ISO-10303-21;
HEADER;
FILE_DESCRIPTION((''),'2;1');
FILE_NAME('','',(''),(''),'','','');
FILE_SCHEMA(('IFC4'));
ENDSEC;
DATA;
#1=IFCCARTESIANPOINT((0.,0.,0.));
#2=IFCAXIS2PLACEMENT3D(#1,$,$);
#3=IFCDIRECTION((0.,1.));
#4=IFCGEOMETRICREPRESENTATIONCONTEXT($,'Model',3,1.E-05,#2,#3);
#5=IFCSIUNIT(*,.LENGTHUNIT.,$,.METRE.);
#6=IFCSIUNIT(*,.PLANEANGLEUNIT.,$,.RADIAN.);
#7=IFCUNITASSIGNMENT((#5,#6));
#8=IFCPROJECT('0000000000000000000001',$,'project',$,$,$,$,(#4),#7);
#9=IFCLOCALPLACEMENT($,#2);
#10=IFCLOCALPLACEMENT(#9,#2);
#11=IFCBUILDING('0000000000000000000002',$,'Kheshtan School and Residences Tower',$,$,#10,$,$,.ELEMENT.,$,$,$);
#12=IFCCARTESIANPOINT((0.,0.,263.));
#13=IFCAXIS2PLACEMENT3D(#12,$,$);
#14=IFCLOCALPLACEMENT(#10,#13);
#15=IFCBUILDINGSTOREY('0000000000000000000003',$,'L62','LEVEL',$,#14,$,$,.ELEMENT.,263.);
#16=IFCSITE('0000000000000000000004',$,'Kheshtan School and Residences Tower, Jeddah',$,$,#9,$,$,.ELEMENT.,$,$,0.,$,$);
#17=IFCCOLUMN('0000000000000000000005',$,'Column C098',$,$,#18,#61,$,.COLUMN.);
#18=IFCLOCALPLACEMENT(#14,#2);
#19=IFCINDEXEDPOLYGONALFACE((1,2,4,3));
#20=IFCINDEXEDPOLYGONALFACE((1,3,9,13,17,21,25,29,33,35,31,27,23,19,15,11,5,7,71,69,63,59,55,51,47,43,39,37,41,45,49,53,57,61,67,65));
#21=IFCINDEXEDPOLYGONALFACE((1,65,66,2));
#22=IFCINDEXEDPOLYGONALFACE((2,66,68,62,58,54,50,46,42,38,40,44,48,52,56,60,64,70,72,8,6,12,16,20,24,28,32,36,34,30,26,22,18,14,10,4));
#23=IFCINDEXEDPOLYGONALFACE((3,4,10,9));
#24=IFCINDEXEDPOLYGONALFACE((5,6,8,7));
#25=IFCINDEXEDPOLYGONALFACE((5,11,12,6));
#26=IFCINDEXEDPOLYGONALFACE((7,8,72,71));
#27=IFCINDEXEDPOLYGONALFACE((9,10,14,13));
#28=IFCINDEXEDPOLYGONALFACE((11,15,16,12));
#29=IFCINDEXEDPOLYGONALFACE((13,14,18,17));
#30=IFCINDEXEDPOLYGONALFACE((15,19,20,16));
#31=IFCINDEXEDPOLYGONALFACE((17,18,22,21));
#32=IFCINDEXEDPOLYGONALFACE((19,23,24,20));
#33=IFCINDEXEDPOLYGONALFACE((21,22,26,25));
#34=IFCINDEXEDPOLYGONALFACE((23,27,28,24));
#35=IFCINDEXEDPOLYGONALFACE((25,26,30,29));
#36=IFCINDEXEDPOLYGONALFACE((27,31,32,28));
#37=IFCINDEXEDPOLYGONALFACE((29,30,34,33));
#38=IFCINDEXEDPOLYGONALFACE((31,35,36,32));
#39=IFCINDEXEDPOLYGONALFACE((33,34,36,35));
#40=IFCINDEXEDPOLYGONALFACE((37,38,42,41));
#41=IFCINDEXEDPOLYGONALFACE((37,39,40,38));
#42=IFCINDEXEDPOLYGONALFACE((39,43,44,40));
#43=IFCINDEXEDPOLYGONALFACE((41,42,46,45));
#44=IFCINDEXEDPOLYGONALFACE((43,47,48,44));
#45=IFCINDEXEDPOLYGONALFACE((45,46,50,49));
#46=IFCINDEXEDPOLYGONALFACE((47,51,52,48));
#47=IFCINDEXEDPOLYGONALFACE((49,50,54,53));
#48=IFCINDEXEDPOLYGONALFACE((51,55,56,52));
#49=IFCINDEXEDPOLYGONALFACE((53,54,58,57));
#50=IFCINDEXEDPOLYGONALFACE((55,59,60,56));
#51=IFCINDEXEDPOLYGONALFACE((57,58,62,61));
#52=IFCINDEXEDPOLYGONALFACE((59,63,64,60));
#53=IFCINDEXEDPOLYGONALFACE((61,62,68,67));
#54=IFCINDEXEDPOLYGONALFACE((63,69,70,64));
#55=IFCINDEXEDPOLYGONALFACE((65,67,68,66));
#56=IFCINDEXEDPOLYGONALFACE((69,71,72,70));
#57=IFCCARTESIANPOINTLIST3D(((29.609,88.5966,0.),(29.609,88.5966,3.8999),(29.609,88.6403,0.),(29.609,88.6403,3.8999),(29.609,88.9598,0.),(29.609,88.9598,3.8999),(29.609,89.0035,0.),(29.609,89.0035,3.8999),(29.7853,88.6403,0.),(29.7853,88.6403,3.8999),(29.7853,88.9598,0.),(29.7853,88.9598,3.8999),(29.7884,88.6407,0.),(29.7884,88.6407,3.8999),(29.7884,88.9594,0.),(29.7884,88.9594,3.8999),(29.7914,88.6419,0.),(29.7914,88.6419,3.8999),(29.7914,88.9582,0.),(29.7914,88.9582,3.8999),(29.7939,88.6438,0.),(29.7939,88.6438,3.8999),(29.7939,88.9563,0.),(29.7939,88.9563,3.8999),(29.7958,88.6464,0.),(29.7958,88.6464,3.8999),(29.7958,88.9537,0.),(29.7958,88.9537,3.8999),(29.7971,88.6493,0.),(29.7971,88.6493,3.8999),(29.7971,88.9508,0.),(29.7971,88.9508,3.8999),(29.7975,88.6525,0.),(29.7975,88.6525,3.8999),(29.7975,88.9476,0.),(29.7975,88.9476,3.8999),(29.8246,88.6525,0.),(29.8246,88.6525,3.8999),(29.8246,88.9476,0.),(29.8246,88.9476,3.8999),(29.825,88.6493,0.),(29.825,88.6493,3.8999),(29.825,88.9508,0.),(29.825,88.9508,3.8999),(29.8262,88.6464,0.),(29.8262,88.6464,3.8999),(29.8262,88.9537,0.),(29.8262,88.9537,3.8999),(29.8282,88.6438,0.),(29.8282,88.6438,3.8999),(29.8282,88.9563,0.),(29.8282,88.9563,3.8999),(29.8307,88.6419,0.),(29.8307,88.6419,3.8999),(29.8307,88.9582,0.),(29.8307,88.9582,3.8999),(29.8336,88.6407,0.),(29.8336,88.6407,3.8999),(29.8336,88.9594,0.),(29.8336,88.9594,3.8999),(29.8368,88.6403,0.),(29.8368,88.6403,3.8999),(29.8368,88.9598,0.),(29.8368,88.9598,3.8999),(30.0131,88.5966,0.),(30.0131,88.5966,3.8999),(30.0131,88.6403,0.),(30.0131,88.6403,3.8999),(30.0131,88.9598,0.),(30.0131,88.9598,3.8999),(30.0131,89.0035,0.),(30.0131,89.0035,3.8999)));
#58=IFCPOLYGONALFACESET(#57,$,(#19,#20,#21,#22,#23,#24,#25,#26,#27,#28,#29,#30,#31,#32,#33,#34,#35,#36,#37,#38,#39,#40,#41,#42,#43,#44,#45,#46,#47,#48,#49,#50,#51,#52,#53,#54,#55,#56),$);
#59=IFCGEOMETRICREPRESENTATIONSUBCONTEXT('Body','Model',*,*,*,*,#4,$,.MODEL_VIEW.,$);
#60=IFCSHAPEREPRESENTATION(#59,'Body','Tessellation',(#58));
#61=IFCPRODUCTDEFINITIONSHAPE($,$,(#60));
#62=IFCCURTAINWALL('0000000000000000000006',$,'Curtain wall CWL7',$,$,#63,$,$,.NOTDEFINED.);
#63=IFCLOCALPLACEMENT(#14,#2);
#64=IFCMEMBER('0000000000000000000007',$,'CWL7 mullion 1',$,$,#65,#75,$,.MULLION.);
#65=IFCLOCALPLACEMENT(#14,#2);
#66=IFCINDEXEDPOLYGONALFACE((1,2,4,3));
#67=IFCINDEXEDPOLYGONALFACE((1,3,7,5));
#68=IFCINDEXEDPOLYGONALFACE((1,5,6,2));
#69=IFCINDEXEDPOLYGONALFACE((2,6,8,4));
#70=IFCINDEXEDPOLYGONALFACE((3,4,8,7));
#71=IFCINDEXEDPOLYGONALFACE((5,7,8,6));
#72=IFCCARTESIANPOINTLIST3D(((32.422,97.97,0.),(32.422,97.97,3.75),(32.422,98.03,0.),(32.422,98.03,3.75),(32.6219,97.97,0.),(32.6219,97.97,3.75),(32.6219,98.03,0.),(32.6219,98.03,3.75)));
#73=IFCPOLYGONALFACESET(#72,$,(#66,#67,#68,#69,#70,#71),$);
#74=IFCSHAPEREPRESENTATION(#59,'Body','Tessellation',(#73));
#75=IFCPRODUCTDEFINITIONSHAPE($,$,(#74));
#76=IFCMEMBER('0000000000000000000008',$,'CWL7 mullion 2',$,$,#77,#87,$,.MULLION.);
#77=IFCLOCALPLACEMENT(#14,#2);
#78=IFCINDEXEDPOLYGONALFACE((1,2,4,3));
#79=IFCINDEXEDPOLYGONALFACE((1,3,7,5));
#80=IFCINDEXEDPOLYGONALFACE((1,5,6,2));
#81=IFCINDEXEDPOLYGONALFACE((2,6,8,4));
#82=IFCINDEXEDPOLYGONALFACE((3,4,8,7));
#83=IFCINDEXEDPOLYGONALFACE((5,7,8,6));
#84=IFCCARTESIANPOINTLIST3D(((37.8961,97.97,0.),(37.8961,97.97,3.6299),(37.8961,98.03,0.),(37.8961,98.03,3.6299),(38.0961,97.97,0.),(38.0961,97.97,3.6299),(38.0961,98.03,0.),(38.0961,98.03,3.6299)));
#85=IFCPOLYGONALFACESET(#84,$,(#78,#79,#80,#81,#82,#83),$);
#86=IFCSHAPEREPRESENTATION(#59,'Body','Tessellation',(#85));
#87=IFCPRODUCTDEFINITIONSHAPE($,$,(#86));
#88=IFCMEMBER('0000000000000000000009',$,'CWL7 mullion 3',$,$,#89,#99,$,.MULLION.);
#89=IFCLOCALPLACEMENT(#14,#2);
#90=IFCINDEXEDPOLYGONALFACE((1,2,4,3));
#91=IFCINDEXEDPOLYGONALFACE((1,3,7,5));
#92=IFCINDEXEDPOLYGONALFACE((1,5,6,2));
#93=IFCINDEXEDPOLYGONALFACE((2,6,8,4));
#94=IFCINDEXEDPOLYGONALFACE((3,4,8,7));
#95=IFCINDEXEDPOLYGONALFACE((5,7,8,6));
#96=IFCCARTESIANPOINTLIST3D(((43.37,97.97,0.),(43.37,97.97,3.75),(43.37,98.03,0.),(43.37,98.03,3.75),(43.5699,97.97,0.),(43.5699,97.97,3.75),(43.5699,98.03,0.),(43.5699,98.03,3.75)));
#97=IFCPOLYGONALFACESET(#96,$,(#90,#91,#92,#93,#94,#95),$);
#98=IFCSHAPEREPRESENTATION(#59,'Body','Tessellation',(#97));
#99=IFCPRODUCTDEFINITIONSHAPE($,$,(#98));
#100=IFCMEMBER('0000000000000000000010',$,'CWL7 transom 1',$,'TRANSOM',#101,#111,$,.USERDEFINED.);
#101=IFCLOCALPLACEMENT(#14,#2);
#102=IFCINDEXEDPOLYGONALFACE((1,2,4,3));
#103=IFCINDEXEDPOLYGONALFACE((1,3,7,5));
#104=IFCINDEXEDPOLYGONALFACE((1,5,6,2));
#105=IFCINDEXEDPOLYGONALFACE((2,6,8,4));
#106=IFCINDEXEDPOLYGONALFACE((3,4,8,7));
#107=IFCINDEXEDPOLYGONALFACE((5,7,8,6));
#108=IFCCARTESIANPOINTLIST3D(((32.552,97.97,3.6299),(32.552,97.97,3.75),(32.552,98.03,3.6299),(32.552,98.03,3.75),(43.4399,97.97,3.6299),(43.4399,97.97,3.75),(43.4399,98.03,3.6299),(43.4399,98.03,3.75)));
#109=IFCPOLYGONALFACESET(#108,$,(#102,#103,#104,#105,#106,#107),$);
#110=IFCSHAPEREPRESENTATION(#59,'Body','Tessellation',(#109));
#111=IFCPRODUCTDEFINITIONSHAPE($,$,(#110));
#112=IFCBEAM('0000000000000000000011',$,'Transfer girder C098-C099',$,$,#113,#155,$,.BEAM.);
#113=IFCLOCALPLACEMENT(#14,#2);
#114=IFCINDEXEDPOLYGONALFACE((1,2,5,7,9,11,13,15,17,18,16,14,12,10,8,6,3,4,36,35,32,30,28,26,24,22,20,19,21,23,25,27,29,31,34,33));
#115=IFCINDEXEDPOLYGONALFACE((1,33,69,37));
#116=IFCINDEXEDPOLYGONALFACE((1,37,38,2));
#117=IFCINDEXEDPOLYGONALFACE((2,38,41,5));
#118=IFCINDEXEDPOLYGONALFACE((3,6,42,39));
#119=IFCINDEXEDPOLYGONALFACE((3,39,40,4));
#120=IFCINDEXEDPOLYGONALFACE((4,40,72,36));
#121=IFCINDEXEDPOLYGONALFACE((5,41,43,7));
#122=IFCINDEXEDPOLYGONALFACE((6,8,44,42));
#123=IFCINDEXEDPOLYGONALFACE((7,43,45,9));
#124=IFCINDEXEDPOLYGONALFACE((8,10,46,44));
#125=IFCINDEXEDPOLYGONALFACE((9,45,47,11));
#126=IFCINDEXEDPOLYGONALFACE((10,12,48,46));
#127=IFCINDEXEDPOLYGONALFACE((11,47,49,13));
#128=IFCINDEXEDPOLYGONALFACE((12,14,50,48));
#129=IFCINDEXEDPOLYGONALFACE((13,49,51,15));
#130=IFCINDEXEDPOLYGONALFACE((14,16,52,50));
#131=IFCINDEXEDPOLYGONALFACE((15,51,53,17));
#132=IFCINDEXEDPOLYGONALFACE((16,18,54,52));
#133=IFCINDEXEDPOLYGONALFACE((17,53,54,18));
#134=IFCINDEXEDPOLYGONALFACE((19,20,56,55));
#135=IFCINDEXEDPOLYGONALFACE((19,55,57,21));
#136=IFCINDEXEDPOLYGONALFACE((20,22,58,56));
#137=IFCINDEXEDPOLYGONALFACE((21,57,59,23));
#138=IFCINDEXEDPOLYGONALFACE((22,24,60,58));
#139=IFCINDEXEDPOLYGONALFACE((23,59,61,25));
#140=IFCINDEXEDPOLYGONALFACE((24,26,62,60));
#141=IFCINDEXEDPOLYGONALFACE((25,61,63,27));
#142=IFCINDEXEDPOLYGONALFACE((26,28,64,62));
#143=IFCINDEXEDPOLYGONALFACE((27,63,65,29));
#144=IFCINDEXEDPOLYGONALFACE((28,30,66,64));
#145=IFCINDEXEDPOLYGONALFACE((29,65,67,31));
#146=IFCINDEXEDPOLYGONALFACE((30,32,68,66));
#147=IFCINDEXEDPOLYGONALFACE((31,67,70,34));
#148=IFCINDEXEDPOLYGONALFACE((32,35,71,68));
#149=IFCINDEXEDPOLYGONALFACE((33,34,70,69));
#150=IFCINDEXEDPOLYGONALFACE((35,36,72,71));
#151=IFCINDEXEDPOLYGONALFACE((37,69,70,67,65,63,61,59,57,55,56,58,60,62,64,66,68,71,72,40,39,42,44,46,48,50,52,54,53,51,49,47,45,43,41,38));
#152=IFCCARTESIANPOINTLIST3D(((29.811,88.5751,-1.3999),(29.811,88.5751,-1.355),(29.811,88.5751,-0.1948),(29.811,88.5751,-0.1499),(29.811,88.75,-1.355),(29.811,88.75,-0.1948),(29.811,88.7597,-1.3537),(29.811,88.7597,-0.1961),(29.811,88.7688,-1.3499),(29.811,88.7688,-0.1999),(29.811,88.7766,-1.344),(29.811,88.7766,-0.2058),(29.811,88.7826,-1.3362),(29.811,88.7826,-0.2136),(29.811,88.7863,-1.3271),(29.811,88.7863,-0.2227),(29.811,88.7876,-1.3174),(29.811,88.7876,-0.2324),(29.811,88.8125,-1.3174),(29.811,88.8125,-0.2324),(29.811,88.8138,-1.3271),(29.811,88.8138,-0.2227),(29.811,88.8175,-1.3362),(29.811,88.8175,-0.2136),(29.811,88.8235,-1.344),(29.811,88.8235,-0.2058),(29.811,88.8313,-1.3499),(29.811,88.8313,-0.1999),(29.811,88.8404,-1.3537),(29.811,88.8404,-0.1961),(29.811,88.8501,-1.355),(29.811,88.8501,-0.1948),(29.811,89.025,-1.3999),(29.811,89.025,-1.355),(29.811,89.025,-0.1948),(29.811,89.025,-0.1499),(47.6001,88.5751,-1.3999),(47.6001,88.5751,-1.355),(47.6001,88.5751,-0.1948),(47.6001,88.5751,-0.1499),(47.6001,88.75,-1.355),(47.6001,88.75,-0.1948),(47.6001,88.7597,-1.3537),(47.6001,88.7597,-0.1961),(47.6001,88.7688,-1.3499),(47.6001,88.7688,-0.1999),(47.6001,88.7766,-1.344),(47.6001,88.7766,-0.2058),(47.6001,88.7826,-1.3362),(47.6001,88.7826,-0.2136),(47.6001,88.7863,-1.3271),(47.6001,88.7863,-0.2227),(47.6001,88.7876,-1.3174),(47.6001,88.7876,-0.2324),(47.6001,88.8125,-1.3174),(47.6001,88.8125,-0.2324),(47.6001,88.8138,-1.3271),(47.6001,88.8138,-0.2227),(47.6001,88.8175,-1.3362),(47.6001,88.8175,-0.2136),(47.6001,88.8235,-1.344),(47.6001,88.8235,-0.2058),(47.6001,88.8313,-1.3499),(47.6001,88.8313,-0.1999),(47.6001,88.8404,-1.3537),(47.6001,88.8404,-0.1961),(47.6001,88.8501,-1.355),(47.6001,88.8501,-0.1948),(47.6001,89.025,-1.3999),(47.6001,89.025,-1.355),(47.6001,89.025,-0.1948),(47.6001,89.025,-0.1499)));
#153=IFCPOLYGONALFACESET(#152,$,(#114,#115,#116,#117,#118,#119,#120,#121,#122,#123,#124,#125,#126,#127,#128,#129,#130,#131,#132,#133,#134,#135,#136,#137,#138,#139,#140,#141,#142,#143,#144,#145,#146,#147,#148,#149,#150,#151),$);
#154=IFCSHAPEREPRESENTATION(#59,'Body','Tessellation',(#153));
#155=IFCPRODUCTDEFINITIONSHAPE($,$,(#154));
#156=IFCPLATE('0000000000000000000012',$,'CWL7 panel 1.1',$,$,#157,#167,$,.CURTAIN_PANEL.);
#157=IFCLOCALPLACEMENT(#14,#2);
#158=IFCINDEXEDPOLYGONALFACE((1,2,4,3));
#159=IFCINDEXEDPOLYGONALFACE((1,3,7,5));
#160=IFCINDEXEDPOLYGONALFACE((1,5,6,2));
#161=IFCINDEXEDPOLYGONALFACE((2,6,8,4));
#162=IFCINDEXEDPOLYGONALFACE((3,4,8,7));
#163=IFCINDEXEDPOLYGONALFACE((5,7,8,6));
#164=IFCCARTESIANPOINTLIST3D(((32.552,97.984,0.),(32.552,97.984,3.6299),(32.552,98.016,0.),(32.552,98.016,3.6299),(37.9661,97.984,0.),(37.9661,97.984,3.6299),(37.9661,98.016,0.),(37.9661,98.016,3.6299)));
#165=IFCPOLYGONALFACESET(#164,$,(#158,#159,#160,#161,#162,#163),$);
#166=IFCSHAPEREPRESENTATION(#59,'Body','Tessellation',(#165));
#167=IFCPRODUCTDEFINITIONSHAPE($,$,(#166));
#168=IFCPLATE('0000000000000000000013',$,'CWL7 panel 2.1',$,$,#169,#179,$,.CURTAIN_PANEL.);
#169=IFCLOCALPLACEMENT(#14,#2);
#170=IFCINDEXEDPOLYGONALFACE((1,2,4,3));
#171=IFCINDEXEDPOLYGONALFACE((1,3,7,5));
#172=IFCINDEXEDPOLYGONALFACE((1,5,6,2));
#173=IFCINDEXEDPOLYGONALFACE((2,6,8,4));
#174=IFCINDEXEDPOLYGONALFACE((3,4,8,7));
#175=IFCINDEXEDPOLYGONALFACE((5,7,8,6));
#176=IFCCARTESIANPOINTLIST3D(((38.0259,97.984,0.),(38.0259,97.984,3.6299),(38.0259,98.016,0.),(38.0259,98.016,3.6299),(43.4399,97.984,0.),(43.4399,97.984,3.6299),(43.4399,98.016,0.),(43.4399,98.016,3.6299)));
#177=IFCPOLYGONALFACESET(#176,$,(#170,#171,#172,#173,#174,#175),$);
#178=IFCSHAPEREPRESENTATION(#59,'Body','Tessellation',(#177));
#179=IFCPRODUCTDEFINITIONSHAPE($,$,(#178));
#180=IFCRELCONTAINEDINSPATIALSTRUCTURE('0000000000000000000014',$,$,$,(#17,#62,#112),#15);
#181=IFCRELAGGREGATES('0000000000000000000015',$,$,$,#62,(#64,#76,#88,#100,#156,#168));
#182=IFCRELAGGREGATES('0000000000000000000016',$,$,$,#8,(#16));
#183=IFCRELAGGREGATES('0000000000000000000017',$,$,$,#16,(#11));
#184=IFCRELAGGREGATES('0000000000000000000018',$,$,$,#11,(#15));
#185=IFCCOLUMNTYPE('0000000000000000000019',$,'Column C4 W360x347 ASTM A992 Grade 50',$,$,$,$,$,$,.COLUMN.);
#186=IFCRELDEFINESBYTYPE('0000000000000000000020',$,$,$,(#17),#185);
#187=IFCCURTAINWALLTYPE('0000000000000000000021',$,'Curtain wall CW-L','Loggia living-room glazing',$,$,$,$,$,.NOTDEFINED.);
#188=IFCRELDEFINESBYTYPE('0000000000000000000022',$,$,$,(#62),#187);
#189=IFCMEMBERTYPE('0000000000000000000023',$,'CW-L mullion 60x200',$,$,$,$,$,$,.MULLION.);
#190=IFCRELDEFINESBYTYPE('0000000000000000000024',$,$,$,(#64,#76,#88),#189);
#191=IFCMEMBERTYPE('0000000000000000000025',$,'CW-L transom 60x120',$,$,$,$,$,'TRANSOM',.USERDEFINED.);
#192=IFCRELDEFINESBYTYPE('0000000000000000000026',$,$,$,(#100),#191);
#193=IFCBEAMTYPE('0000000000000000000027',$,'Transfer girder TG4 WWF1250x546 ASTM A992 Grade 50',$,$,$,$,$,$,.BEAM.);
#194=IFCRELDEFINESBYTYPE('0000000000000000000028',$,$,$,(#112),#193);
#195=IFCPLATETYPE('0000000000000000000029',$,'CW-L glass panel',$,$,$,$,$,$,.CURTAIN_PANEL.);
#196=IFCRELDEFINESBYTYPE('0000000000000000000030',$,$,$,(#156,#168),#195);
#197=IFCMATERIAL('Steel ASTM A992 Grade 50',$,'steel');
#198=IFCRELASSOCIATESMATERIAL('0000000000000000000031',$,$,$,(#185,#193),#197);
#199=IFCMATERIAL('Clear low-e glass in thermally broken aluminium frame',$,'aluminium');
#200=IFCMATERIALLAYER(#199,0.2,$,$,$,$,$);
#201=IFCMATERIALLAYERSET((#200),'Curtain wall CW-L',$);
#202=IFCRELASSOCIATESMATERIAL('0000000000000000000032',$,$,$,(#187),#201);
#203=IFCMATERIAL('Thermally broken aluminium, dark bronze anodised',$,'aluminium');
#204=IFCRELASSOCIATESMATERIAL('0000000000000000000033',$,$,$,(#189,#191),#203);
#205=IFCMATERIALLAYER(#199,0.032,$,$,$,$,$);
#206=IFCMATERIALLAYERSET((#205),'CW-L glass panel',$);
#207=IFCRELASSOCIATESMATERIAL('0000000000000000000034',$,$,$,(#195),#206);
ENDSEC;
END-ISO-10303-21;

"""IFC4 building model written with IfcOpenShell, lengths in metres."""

from ifc_helpers import new_model, si_unit, direction, frame, origin, origin_2d, place, context, subcontext, project, spatial, rectangle, i_section, extrude, material, layer, layer_set, material_profile, profile_set, type_object, element, aggregate, save


model = new_model("IFC4")

# Units and contexts
model_context = context("Model", 3, precision=1e-05, world=origin(), true_north=direction((0.0, 1.0)))
body_context = subcontext(model_context, "Body", "Model", "MODEL_VIEW")
ifc_project = project(units=[si_unit("LENGTHUNIT", "METRE"), si_unit("PLANEANGLEUNIT", "RADIAN")], contexts=[model_context])

# Site, building, storey
site_placement = place(None, origin())
site = spatial("IfcSite", under=ifc_project, at=site_placement, Name="Kheshtan School and Residences Tower, Jeddah", CompositionType="ELEMENT", RefElevation=0.0)
building_placement = place(site_placement, origin())
building = spatial("IfcBuilding", under=site, at=building_placement, Name="Kheshtan School and Residences Tower", CompositionType="ELEMENT")
storey_placement = place(building_placement, frame((0.0, 0.0, 263.0)))
storey = spatial("IfcBuildingStorey", under=building, at=storey_placement, Name="L62", Description="LEVEL", CompositionType="ELEMENT", Elevation=263.0)

# Column
ifc_material_1 = material(Name="Steel ASTM A992 Grade 50", Category="steel")
ifc_material_profile_1 = material_profile(ifc_material_1, i_section(OverallWidth=0.4041, OverallDepth=0.407, WebThickness=0.0271, FlangeThickness=0.0437, FilletRadius=0.0122, at=origin_2d()), Name="W360x347")
ifc_profile_set_1 = profile_set([ifc_material_profile_1], Name="Steel ASTM A992 Grade 50")
column_type = type_object("IfcColumnType", Name="Column C4 W360x347 ASTM A992 Grade 50", PredefinedType="COLUMN", material=ifc_profile_set_1)
column_placement = place(storey_placement, frame((29.811, 88.8, 0.0), z_axis=(0.0, 0.0, 1.0), x_axis=(1.0, 0.0, 0.0)))
element("IfcColumn", 1, at=column_placement, inside=storey, type_object=column_type, Name="Column C098", PredefinedType="COLUMN", context=body_context, shape_type="SweptSolid", body=[
    extrude(i_section(OverallWidth=0.4041, OverallDepth=0.407, WebThickness=0.0271, FlangeThickness=0.0437, FilletRadius=0.0122, at=origin_2d()), origin(), (0.0, 0.0, 1.0), 3.8999),
])

# Curtain wall, members
ifc_material_2 = material(Name="Clear low-e glass in thermally broken aluminium frame", Category="aluminium")
ifc_layer_1 = layer(ifc_material_2, 0.2)
ifc_layer_set_1 = layer_set([ifc_layer_1], Name="Curtain wall CW-L")
curtain_wall_type = type_object("IfcCurtainWallType", Name="Curtain wall CW-L", Description="Loggia living-room glazing", PredefinedType="NOTDEFINED", material=ifc_layer_set_1)
curtain_wall_placement = place(storey_placement, origin())
curtain_wall = element("IfcCurtainWall", 2, at=curtain_wall_placement, inside=storey, type_object=curtain_wall_type, Name="Curtain wall CWL7", PredefinedType="NOTDEFINED")
ifc_material_3 = material(Name="Thermally broken aluminium, dark bronze anodised", Category="aluminium")
ifc_material_profile_2 = material_profile(ifc_material_3, rectangle(XDim=0.0601, YDim=0.2, at=origin_2d()), Name="CW-L mullion 60x200")
ifc_profile_set_2 = profile_set([ifc_material_profile_2], Name="Thermally broken aluminium, dark bronze anodised")
member_type_1 = type_object("IfcMemberType", Name="CW-L mullion 60x200", PredefinedType="MULLION", material=ifc_profile_set_2)
member_1_placement = place(storey_placement, frame((32.522, 98.0, 0.0), z_axis=(0.0, 0.0, 1.0), x_axis=(0.0, 1.0, 0.0)))
member_1 = element("IfcMember", 3, at=member_1_placement, type_object=member_type_1, Name="CWL7 mullion 1", PredefinedType="MULLION", context=body_context, shape_type="SweptSolid", body=[
    extrude(rectangle(XDim=0.0601, YDim=0.2, at=origin_2d()), origin(), (0.0, 0.0, 1.0), 3.75),
])
member_2_placement = place(storey_placement, frame((37.9961, 98.0, 0.0), z_axis=(0.0, 0.0, 1.0), x_axis=(0.0, 1.0, 0.0)))
member_2 = element("IfcMember", 4, at=member_2_placement, type_object=member_type_1, Name="CWL7 mullion 2", PredefinedType="MULLION", context=body_context, shape_type="SweptSolid", body=[
    extrude(rectangle(XDim=0.0601, YDim=0.2, at=origin_2d()), origin(), (0.0, 0.0, 1.0), 3.6299),
])
member_3_placement = place(storey_placement, frame((43.47, 98.0, 0.0), z_axis=(0.0, 0.0, 1.0), x_axis=(0.0, 1.0, 0.0)))
member_3 = element("IfcMember", 5, at=member_3_placement, type_object=member_type_1, Name="CWL7 mullion 3", PredefinedType="MULLION", context=body_context, shape_type="SweptSolid", body=[
    extrude(rectangle(XDim=0.0601, YDim=0.2, at=origin_2d()), origin(), (0.0, 0.0, 1.0), 3.75),
])
ifc_material_profile_3 = material_profile(ifc_material_3, rectangle(XDim=0.0601, YDim=0.1201, at=origin_2d()), Name="CW-L transom 60x120")
ifc_profile_set_3 = profile_set([ifc_material_profile_3], Name="Thermally broken aluminium, dark bronze anodised")
member_type_2 = type_object("IfcMemberType", Name="CW-L transom 60x120", ElementType="TRANSOM", PredefinedType="USERDEFINED", material=ifc_profile_set_3)
member_4_placement = place(storey_placement, frame((32.552, 98.0, 3.6899), z_axis=(1.0, 0.0, 0.0), x_axis=(0.0, 1.0, 0.0)))
member_4 = element("IfcMember", 6, at=member_4_placement, type_object=member_type_2, Name="CWL7 transom 1", ObjectType="TRANSOM", PredefinedType="USERDEFINED", context=body_context, shape_type="SweptSolid", body=[
    extrude(rectangle(XDim=0.0601, YDim=0.1201, at=origin_2d()), origin(), (0.0, 0.0, 1.0), 10.8879),
])

# Beam
ifc_material_profile_4 = material_profile(ifc_material_1, i_section(OverallWidth=0.45, OverallDepth=1.25, WebThickness=0.0249, FlangeThickness=0.0449, FilletRadius=0.0376, at=origin_2d()), Name="WWF1250x546")
ifc_profile_set_4 = profile_set([ifc_material_profile_4], Name="Steel ASTM A992 Grade 50")
beam_type = type_object("IfcBeamType", Name="Transfer girder TG4 WWF1250x546 ASTM A992 Grade 50", PredefinedType="BEAM", material=ifc_profile_set_4)
beam_placement = place(storey_placement, frame((29.811, 88.8, -0.7749), z_axis=(1.0, 0.0, 0.0), x_axis=(0.0, 1.0, 0.0)))
element("IfcBeam", 7, at=beam_placement, inside=storey, type_object=beam_type, Name="Transfer girder C098-C099", PredefinedType="BEAM", context=body_context, shape_type="SweptSolid", body=[
    extrude(i_section(OverallWidth=0.45, OverallDepth=1.25, WebThickness=0.0249, FlangeThickness=0.0449, FilletRadius=0.0376, at=origin_2d()), origin(), (0.0, 0.0, 1.0), 17.7891),
])

# Plates
ifc_layer_2 = layer(ifc_material_2, 0.032)
ifc_layer_set_2 = layer_set([ifc_layer_2], Name="CW-L glass panel")
plate_type = type_object("IfcPlateType", Name="CW-L glass panel", PredefinedType="CURTAIN_PANEL", material=ifc_layer_set_2)
plate_1_placement = place(storey_placement, frame((35.259, 98.0, 0.0), z_axis=(0.0, 0.0, 1.0), x_axis=(1.0, 0.0, 0.0)))
plate_1 = element("IfcPlate", 8, at=plate_1_placement, type_object=plate_type, Name="CWL7 panel 1.1", PredefinedType="CURTAIN_PANEL", context=body_context, shape_type="SweptSolid", body=[
    extrude(rectangle(XDim=5.4141, YDim=0.032, at=origin_2d()), origin(), (0.0, 0.0, 1.0), 3.6299),
])
plate_2_placement = place(storey_placement, frame((40.7329, 98.0, 0.0), z_axis=(0.0, 0.0, 1.0), x_axis=(1.0, 0.0, 0.0)))
plate_2 = element("IfcPlate", 9, at=plate_2_placement, type_object=plate_type, Name="CWL7 panel 2.1", PredefinedType="CURTAIN_PANEL", context=body_context, shape_type="SweptSolid", body=[
    extrude(rectangle(XDim=5.4141, YDim=0.032, at=origin_2d()), origin(), (0.0, 0.0, 1.0), 3.6299),
])
aggregate(curtain_wall, [member_1, member_2, member_3, member_4, plate_1, plate_2])

save(model, "model.ifc")
